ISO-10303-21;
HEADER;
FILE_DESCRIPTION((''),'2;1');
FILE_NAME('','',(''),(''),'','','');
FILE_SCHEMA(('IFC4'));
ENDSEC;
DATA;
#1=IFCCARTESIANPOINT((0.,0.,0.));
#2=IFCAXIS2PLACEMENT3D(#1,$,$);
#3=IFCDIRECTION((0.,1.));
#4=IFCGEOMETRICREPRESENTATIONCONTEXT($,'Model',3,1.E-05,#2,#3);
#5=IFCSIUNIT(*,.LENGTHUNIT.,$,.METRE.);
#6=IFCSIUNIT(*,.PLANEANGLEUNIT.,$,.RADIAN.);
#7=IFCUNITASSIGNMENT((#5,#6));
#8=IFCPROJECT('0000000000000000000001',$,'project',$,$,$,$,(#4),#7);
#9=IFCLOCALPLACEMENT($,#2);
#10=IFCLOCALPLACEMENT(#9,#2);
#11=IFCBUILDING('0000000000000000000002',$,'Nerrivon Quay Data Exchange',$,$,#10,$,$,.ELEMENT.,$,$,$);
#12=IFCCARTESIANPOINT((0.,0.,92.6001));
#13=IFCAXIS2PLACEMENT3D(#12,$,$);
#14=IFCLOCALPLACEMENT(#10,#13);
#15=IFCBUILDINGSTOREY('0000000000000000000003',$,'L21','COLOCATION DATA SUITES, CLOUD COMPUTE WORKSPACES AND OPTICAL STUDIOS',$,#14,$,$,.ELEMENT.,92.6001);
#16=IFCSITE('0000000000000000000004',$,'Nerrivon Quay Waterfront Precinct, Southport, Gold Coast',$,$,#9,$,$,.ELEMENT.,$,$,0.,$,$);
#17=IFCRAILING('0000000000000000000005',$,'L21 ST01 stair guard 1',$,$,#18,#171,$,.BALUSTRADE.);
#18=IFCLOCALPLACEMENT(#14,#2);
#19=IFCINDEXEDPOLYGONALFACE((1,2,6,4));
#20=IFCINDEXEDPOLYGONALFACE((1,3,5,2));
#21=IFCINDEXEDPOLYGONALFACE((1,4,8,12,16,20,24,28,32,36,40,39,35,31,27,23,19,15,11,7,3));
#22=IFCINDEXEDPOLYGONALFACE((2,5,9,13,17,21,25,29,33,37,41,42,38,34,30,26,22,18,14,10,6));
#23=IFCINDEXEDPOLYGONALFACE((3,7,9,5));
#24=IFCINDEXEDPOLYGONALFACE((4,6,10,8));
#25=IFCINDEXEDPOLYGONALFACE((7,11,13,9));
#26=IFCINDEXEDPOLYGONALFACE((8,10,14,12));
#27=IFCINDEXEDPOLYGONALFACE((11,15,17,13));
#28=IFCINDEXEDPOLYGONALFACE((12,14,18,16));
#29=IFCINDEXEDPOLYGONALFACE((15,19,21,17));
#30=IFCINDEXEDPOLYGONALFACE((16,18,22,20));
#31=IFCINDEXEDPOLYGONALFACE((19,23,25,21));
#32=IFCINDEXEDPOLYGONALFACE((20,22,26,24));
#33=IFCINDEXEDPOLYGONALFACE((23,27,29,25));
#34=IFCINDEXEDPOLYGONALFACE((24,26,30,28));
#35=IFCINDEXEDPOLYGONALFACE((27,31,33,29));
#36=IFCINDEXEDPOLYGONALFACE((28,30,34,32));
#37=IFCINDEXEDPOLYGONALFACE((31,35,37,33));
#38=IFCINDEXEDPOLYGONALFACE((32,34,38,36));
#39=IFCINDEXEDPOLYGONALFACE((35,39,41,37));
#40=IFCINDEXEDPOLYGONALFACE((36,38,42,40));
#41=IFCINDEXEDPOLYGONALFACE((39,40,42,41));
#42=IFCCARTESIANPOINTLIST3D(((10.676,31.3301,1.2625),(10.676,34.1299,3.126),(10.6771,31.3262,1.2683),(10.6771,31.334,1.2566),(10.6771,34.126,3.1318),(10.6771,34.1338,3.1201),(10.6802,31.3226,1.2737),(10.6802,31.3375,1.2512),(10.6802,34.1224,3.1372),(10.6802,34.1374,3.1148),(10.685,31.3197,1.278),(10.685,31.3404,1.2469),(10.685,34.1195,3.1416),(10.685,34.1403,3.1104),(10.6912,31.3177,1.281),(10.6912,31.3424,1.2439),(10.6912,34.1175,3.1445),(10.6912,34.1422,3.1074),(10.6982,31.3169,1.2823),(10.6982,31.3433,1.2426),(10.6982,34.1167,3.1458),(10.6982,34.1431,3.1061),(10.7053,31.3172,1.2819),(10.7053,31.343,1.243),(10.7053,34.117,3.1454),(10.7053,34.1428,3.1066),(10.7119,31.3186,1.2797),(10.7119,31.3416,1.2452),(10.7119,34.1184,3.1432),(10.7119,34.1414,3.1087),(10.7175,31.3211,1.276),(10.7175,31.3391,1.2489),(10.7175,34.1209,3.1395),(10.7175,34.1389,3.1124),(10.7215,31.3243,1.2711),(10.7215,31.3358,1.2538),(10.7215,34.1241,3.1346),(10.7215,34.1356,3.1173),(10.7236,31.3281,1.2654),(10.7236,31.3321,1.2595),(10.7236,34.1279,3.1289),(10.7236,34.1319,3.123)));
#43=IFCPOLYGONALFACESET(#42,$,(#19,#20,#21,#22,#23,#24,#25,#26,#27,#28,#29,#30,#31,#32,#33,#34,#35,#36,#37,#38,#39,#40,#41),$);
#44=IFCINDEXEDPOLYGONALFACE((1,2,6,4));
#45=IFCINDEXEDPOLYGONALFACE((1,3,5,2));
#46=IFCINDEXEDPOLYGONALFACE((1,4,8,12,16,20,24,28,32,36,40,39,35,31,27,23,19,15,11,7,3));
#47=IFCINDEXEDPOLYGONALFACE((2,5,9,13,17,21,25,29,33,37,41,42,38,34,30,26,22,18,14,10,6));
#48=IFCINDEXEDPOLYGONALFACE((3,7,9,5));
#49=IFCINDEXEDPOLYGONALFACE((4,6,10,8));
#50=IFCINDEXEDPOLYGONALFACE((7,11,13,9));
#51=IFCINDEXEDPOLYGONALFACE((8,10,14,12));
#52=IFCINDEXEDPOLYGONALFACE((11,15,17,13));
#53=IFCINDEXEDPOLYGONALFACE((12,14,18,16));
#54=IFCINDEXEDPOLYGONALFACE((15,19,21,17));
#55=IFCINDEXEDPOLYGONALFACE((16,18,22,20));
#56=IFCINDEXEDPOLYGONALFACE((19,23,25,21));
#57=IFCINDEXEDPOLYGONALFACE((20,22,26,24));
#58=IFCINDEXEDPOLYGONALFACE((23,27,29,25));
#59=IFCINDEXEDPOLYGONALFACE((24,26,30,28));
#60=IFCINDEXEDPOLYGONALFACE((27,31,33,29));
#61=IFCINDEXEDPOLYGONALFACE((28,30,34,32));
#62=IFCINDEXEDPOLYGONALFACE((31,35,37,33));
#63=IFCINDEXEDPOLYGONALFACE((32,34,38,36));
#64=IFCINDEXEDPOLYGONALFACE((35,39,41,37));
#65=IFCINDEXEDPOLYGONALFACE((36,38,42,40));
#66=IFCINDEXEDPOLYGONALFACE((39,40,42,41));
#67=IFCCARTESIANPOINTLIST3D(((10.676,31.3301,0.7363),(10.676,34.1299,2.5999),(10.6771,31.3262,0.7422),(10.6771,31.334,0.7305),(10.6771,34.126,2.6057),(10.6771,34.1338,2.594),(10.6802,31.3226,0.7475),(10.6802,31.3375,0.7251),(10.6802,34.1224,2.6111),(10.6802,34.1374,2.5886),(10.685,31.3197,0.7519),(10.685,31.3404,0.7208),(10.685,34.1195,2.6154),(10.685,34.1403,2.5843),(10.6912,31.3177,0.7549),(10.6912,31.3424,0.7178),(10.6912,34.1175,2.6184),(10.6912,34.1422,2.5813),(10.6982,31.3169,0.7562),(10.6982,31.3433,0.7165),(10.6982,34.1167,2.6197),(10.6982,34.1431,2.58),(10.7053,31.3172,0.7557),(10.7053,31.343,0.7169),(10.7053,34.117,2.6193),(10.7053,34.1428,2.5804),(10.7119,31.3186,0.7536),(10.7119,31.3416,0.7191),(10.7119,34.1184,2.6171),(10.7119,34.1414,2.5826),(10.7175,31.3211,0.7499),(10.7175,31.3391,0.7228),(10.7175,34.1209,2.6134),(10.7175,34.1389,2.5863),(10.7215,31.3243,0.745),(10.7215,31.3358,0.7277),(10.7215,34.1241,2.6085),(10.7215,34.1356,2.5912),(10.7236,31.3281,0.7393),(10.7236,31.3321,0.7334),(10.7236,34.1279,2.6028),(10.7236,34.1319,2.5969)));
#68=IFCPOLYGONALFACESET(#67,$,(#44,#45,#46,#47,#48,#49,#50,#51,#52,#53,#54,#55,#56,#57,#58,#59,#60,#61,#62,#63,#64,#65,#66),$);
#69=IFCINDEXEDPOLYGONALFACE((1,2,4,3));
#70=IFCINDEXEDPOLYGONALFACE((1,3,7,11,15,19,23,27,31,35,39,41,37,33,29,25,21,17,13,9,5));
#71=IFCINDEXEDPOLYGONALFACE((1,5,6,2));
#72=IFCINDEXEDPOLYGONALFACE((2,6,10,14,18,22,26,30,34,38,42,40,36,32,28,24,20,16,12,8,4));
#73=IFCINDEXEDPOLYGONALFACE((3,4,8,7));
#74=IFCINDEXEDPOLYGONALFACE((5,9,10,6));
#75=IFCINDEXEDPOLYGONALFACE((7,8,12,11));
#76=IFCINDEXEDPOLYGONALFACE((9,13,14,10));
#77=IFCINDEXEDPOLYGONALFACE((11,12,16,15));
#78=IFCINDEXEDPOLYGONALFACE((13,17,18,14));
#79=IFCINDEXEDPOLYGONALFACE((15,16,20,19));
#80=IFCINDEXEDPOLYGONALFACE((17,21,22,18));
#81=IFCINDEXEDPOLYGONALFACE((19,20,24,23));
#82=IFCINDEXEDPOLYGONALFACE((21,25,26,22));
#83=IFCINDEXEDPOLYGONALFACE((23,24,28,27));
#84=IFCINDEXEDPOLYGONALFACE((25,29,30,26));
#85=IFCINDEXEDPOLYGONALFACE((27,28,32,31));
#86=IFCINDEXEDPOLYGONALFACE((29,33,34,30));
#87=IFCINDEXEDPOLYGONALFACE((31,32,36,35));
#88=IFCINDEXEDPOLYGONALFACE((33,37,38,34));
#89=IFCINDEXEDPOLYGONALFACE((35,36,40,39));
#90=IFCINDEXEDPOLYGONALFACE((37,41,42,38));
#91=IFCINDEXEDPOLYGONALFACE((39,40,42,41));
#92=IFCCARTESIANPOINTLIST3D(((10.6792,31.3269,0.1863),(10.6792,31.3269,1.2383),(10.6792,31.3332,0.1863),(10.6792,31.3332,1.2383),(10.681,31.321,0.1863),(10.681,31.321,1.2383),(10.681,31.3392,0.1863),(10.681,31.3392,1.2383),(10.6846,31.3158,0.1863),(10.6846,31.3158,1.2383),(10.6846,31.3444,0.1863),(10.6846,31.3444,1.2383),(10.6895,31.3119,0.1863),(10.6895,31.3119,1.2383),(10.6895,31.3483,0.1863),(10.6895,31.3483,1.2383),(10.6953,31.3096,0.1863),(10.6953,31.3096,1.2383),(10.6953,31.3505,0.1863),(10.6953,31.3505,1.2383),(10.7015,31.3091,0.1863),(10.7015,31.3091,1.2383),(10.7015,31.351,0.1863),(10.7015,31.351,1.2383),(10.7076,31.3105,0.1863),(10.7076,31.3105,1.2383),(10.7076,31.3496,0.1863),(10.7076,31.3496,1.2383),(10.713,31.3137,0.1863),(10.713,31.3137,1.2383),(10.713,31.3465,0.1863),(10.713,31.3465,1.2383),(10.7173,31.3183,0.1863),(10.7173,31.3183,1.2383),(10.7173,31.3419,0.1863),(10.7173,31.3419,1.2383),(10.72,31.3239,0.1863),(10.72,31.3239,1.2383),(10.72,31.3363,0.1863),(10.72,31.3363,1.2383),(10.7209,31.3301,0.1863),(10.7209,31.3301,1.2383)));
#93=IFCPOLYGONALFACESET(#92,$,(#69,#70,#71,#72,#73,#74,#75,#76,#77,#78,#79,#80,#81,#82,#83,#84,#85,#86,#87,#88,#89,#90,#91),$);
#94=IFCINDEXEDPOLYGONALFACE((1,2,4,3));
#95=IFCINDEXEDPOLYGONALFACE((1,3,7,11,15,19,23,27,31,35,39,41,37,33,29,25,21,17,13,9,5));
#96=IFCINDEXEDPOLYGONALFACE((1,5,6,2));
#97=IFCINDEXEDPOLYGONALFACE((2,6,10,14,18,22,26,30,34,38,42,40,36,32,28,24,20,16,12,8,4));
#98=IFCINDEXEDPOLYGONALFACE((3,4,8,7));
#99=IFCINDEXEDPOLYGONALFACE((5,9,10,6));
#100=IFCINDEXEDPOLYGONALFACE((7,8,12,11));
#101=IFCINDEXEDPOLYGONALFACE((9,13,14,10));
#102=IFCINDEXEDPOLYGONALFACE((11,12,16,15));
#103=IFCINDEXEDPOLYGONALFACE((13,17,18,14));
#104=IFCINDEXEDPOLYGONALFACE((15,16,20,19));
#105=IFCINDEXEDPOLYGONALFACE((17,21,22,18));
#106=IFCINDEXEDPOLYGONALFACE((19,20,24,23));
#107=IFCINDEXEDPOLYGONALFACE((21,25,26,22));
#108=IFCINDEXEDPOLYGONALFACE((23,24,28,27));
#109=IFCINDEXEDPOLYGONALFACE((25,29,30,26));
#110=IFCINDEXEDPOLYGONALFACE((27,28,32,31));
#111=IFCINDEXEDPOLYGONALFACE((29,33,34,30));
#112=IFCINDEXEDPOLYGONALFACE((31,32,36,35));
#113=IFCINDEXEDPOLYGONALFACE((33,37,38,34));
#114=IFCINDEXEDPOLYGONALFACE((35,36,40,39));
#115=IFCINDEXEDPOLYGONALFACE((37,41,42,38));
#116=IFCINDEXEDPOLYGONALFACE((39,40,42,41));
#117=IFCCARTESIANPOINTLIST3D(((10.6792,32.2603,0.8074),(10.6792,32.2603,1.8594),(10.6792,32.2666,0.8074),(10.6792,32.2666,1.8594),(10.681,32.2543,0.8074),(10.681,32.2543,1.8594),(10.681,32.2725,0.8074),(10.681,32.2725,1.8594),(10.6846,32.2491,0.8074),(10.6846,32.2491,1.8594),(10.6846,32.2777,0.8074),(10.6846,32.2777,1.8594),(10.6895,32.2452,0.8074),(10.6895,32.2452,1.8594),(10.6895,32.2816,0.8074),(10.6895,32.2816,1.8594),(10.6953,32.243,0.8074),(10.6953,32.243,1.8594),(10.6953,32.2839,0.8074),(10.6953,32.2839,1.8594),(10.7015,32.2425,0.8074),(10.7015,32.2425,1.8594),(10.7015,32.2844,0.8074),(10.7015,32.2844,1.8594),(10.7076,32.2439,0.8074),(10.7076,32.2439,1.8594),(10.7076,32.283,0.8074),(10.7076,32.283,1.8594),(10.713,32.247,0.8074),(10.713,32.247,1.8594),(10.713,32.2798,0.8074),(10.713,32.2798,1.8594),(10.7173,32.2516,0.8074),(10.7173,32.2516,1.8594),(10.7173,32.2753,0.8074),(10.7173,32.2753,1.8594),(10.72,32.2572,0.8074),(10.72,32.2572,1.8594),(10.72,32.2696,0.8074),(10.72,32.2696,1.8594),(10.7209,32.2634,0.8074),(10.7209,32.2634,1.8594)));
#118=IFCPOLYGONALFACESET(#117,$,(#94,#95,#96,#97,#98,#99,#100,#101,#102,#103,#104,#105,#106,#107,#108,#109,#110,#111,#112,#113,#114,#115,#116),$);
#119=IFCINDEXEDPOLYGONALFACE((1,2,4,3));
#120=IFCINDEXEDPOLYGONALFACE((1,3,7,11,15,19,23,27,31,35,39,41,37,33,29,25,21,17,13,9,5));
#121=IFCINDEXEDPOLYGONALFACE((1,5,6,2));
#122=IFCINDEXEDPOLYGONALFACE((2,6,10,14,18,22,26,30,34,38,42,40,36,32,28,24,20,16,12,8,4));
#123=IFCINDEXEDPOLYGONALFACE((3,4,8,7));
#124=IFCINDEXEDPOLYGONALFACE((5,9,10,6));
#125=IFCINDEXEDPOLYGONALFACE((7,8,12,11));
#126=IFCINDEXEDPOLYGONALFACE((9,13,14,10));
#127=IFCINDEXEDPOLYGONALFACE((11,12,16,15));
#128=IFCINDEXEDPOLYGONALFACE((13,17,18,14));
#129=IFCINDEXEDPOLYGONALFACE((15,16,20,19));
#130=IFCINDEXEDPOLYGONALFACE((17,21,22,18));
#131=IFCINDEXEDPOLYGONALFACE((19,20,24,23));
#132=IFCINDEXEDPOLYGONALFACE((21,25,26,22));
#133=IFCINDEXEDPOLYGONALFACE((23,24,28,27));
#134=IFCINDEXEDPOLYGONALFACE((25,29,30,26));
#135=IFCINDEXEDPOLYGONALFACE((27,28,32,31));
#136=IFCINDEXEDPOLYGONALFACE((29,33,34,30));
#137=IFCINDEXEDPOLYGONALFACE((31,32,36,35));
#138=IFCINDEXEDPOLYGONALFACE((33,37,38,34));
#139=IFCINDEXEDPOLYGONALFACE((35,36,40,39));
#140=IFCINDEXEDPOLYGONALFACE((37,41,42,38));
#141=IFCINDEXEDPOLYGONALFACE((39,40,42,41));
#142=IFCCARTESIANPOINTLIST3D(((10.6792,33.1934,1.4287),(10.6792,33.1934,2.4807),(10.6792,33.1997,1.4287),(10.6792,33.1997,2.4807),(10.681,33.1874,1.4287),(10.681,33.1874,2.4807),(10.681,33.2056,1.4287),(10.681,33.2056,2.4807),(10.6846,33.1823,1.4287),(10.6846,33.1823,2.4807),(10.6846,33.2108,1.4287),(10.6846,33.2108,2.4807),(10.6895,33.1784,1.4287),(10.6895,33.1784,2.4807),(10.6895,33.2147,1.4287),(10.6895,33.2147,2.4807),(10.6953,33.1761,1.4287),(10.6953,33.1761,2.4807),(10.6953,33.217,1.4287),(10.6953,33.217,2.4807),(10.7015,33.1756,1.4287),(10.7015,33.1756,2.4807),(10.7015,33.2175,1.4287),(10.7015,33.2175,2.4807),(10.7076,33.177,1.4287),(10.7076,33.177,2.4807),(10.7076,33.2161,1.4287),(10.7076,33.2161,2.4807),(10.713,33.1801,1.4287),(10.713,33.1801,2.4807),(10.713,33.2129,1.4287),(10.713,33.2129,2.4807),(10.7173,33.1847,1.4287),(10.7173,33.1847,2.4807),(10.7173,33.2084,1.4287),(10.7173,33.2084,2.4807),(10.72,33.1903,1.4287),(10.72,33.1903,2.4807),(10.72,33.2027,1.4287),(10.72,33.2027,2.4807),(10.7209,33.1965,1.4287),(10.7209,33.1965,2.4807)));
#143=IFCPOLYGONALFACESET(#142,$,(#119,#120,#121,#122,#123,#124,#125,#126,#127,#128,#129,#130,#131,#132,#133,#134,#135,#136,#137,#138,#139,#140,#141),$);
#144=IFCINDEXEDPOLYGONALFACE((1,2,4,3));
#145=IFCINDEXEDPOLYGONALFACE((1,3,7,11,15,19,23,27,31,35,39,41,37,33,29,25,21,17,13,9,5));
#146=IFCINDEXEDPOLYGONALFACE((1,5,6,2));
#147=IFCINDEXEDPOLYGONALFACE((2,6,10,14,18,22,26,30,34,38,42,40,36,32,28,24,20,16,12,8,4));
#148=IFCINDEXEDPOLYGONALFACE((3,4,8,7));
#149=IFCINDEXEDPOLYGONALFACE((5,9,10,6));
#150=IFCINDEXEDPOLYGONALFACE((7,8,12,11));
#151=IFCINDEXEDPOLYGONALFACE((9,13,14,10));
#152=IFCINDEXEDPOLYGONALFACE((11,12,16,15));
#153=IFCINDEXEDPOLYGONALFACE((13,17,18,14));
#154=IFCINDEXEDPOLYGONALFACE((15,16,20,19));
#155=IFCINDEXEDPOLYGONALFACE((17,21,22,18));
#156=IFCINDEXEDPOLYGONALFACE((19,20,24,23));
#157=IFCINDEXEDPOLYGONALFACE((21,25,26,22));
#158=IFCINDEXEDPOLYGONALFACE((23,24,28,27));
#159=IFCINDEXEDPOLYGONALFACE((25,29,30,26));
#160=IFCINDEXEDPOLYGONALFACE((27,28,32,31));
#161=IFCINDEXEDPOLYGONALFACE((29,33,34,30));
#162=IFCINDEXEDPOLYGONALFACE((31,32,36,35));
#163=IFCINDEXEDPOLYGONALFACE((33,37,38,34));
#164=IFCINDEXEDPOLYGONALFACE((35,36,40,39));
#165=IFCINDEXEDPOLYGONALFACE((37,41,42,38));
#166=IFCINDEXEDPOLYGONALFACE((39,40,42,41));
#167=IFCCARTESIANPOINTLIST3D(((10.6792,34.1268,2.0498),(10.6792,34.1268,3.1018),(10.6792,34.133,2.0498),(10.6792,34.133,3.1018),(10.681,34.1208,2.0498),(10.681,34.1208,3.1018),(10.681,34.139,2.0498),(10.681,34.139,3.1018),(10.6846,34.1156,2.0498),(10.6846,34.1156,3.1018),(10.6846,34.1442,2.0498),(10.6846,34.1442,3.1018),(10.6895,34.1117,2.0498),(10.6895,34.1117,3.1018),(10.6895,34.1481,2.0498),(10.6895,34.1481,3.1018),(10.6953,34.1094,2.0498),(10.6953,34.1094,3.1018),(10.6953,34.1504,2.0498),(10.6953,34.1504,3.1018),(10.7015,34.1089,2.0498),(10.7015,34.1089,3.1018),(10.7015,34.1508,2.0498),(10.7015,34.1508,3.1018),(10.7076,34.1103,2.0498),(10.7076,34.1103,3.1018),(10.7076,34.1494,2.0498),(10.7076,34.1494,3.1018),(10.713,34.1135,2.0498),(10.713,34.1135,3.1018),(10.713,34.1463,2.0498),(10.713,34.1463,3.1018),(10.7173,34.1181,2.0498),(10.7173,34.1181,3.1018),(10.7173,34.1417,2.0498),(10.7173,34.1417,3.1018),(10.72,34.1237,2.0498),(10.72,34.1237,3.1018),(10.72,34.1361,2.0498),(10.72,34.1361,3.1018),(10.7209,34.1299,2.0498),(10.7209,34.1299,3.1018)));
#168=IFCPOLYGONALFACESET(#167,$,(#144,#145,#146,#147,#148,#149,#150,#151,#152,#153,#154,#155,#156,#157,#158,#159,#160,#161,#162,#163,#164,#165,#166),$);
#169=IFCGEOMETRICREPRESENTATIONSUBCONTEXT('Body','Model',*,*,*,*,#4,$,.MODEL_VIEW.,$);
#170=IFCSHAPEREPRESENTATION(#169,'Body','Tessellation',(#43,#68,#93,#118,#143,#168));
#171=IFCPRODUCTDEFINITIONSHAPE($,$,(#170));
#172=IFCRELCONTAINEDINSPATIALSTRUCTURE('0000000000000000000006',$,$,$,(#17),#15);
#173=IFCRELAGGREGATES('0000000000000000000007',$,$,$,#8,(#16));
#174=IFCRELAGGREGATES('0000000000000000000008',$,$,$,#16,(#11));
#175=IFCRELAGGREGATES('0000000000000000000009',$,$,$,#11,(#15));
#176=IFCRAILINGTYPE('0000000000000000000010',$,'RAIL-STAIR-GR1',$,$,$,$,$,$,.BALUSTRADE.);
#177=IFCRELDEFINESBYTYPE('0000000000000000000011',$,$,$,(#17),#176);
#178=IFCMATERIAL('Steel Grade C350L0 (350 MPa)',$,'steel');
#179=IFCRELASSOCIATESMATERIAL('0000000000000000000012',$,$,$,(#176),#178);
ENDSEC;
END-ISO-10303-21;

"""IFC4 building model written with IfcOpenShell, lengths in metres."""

from ifc_helpers import new_model, si_unit, direction, frame, origin, origin_2d, place, context, subcontext, project, spatial, circle, extrude, material, type_object, element, save


model = new_model("IFC4")

# Units and contexts
model_context = context("Model", 3, precision=1e-05, world=origin(), true_north=direction((0.0, 1.0)))
body_context = subcontext(model_context, "Body", "Model", "MODEL_VIEW")
ifc_project = project(units=[si_unit("LENGTHUNIT", "METRE"), si_unit("PLANEANGLEUNIT", "RADIAN")], contexts=[model_context])

# Site, building, storey
site_placement = place(None, origin())
site = spatial("IfcSite", under=ifc_project, at=site_placement, Name="Nerrivon Quay Waterfront Precinct, Southport, Gold Coast", CompositionType="ELEMENT", RefElevation=0.0)
building_placement = place(site_placement, origin())
building = spatial("IfcBuilding", under=site, at=building_placement, Name="Nerrivon Quay Data Exchange", CompositionType="ELEMENT")
storey_placement = place(building_placement, frame((0.0, 0.0, 92.6001)))
storey = spatial("IfcBuildingStorey", under=building, at=storey_placement, Name="L21", Description="COLOCATION DATA SUITES, CLOUD COMPUTE WORKSPACES AND OPTICAL STUDIOS", CompositionType="ELEMENT", Elevation=92.6001)

# Railing
ifc_material_1 = material(Name="Steel Grade C350L0 (350 MPa)", Category="steel")
railing_type_1 = type_object("IfcRailingType", Name="RAIL-STAIR-GR1", PredefinedType="BALUSTRADE", material=ifc_material_1)
railing_1_placement = place(storey_placement, frame((10.7, 31.3301, 0.1863)))
element("IfcRailing", 1, at=railing_1_placement, inside=storey, type_object=railing_type_1, Name="L21 ST01 stair guard 1", PredefinedType="BALUSTRADE", context=body_context, shape_type="SweptSolid", body=[
    extrude(circle(Radius=0.0239, at=origin_2d()), frame((0.0, 0.0, 1.0762), z_axis=(0.0, 0.832463, 0.55408), x_axis=(-1.0, 0.0, 0.0)), (0.0, 0.0, 1.0), 3.3633),
    extrude(circle(Radius=0.0239, at=origin_2d()), frame((0.0, 0.0, 0.55), z_axis=(0.0, 0.832463, 0.55408), x_axis=(-1.0, 0.0, 0.0)), (0.0, 0.0, 1.0), 3.3633),
    extrude(circle(Radius=0.021, at=origin_2d()), origin(), (0.0, 0.0, 1.0), 1.052),
    extrude(circle(Radius=0.021, at=origin_2d()), frame((0.0, 0.9333, 0.6211)), (0.0, 0.0, 1.0), 1.052),
    extrude(circle(Radius=0.021, at=origin_2d()), frame((0.0, 1.8665, 1.2424)), (0.0, 0.0, 1.0), 1.052),
    extrude(circle(Radius=0.021, at=origin_2d()), frame((0.0, 2.7998, 1.8635)), (0.0, 0.0, 1.0), 1.052),
])

save(model, "model.ifc")
